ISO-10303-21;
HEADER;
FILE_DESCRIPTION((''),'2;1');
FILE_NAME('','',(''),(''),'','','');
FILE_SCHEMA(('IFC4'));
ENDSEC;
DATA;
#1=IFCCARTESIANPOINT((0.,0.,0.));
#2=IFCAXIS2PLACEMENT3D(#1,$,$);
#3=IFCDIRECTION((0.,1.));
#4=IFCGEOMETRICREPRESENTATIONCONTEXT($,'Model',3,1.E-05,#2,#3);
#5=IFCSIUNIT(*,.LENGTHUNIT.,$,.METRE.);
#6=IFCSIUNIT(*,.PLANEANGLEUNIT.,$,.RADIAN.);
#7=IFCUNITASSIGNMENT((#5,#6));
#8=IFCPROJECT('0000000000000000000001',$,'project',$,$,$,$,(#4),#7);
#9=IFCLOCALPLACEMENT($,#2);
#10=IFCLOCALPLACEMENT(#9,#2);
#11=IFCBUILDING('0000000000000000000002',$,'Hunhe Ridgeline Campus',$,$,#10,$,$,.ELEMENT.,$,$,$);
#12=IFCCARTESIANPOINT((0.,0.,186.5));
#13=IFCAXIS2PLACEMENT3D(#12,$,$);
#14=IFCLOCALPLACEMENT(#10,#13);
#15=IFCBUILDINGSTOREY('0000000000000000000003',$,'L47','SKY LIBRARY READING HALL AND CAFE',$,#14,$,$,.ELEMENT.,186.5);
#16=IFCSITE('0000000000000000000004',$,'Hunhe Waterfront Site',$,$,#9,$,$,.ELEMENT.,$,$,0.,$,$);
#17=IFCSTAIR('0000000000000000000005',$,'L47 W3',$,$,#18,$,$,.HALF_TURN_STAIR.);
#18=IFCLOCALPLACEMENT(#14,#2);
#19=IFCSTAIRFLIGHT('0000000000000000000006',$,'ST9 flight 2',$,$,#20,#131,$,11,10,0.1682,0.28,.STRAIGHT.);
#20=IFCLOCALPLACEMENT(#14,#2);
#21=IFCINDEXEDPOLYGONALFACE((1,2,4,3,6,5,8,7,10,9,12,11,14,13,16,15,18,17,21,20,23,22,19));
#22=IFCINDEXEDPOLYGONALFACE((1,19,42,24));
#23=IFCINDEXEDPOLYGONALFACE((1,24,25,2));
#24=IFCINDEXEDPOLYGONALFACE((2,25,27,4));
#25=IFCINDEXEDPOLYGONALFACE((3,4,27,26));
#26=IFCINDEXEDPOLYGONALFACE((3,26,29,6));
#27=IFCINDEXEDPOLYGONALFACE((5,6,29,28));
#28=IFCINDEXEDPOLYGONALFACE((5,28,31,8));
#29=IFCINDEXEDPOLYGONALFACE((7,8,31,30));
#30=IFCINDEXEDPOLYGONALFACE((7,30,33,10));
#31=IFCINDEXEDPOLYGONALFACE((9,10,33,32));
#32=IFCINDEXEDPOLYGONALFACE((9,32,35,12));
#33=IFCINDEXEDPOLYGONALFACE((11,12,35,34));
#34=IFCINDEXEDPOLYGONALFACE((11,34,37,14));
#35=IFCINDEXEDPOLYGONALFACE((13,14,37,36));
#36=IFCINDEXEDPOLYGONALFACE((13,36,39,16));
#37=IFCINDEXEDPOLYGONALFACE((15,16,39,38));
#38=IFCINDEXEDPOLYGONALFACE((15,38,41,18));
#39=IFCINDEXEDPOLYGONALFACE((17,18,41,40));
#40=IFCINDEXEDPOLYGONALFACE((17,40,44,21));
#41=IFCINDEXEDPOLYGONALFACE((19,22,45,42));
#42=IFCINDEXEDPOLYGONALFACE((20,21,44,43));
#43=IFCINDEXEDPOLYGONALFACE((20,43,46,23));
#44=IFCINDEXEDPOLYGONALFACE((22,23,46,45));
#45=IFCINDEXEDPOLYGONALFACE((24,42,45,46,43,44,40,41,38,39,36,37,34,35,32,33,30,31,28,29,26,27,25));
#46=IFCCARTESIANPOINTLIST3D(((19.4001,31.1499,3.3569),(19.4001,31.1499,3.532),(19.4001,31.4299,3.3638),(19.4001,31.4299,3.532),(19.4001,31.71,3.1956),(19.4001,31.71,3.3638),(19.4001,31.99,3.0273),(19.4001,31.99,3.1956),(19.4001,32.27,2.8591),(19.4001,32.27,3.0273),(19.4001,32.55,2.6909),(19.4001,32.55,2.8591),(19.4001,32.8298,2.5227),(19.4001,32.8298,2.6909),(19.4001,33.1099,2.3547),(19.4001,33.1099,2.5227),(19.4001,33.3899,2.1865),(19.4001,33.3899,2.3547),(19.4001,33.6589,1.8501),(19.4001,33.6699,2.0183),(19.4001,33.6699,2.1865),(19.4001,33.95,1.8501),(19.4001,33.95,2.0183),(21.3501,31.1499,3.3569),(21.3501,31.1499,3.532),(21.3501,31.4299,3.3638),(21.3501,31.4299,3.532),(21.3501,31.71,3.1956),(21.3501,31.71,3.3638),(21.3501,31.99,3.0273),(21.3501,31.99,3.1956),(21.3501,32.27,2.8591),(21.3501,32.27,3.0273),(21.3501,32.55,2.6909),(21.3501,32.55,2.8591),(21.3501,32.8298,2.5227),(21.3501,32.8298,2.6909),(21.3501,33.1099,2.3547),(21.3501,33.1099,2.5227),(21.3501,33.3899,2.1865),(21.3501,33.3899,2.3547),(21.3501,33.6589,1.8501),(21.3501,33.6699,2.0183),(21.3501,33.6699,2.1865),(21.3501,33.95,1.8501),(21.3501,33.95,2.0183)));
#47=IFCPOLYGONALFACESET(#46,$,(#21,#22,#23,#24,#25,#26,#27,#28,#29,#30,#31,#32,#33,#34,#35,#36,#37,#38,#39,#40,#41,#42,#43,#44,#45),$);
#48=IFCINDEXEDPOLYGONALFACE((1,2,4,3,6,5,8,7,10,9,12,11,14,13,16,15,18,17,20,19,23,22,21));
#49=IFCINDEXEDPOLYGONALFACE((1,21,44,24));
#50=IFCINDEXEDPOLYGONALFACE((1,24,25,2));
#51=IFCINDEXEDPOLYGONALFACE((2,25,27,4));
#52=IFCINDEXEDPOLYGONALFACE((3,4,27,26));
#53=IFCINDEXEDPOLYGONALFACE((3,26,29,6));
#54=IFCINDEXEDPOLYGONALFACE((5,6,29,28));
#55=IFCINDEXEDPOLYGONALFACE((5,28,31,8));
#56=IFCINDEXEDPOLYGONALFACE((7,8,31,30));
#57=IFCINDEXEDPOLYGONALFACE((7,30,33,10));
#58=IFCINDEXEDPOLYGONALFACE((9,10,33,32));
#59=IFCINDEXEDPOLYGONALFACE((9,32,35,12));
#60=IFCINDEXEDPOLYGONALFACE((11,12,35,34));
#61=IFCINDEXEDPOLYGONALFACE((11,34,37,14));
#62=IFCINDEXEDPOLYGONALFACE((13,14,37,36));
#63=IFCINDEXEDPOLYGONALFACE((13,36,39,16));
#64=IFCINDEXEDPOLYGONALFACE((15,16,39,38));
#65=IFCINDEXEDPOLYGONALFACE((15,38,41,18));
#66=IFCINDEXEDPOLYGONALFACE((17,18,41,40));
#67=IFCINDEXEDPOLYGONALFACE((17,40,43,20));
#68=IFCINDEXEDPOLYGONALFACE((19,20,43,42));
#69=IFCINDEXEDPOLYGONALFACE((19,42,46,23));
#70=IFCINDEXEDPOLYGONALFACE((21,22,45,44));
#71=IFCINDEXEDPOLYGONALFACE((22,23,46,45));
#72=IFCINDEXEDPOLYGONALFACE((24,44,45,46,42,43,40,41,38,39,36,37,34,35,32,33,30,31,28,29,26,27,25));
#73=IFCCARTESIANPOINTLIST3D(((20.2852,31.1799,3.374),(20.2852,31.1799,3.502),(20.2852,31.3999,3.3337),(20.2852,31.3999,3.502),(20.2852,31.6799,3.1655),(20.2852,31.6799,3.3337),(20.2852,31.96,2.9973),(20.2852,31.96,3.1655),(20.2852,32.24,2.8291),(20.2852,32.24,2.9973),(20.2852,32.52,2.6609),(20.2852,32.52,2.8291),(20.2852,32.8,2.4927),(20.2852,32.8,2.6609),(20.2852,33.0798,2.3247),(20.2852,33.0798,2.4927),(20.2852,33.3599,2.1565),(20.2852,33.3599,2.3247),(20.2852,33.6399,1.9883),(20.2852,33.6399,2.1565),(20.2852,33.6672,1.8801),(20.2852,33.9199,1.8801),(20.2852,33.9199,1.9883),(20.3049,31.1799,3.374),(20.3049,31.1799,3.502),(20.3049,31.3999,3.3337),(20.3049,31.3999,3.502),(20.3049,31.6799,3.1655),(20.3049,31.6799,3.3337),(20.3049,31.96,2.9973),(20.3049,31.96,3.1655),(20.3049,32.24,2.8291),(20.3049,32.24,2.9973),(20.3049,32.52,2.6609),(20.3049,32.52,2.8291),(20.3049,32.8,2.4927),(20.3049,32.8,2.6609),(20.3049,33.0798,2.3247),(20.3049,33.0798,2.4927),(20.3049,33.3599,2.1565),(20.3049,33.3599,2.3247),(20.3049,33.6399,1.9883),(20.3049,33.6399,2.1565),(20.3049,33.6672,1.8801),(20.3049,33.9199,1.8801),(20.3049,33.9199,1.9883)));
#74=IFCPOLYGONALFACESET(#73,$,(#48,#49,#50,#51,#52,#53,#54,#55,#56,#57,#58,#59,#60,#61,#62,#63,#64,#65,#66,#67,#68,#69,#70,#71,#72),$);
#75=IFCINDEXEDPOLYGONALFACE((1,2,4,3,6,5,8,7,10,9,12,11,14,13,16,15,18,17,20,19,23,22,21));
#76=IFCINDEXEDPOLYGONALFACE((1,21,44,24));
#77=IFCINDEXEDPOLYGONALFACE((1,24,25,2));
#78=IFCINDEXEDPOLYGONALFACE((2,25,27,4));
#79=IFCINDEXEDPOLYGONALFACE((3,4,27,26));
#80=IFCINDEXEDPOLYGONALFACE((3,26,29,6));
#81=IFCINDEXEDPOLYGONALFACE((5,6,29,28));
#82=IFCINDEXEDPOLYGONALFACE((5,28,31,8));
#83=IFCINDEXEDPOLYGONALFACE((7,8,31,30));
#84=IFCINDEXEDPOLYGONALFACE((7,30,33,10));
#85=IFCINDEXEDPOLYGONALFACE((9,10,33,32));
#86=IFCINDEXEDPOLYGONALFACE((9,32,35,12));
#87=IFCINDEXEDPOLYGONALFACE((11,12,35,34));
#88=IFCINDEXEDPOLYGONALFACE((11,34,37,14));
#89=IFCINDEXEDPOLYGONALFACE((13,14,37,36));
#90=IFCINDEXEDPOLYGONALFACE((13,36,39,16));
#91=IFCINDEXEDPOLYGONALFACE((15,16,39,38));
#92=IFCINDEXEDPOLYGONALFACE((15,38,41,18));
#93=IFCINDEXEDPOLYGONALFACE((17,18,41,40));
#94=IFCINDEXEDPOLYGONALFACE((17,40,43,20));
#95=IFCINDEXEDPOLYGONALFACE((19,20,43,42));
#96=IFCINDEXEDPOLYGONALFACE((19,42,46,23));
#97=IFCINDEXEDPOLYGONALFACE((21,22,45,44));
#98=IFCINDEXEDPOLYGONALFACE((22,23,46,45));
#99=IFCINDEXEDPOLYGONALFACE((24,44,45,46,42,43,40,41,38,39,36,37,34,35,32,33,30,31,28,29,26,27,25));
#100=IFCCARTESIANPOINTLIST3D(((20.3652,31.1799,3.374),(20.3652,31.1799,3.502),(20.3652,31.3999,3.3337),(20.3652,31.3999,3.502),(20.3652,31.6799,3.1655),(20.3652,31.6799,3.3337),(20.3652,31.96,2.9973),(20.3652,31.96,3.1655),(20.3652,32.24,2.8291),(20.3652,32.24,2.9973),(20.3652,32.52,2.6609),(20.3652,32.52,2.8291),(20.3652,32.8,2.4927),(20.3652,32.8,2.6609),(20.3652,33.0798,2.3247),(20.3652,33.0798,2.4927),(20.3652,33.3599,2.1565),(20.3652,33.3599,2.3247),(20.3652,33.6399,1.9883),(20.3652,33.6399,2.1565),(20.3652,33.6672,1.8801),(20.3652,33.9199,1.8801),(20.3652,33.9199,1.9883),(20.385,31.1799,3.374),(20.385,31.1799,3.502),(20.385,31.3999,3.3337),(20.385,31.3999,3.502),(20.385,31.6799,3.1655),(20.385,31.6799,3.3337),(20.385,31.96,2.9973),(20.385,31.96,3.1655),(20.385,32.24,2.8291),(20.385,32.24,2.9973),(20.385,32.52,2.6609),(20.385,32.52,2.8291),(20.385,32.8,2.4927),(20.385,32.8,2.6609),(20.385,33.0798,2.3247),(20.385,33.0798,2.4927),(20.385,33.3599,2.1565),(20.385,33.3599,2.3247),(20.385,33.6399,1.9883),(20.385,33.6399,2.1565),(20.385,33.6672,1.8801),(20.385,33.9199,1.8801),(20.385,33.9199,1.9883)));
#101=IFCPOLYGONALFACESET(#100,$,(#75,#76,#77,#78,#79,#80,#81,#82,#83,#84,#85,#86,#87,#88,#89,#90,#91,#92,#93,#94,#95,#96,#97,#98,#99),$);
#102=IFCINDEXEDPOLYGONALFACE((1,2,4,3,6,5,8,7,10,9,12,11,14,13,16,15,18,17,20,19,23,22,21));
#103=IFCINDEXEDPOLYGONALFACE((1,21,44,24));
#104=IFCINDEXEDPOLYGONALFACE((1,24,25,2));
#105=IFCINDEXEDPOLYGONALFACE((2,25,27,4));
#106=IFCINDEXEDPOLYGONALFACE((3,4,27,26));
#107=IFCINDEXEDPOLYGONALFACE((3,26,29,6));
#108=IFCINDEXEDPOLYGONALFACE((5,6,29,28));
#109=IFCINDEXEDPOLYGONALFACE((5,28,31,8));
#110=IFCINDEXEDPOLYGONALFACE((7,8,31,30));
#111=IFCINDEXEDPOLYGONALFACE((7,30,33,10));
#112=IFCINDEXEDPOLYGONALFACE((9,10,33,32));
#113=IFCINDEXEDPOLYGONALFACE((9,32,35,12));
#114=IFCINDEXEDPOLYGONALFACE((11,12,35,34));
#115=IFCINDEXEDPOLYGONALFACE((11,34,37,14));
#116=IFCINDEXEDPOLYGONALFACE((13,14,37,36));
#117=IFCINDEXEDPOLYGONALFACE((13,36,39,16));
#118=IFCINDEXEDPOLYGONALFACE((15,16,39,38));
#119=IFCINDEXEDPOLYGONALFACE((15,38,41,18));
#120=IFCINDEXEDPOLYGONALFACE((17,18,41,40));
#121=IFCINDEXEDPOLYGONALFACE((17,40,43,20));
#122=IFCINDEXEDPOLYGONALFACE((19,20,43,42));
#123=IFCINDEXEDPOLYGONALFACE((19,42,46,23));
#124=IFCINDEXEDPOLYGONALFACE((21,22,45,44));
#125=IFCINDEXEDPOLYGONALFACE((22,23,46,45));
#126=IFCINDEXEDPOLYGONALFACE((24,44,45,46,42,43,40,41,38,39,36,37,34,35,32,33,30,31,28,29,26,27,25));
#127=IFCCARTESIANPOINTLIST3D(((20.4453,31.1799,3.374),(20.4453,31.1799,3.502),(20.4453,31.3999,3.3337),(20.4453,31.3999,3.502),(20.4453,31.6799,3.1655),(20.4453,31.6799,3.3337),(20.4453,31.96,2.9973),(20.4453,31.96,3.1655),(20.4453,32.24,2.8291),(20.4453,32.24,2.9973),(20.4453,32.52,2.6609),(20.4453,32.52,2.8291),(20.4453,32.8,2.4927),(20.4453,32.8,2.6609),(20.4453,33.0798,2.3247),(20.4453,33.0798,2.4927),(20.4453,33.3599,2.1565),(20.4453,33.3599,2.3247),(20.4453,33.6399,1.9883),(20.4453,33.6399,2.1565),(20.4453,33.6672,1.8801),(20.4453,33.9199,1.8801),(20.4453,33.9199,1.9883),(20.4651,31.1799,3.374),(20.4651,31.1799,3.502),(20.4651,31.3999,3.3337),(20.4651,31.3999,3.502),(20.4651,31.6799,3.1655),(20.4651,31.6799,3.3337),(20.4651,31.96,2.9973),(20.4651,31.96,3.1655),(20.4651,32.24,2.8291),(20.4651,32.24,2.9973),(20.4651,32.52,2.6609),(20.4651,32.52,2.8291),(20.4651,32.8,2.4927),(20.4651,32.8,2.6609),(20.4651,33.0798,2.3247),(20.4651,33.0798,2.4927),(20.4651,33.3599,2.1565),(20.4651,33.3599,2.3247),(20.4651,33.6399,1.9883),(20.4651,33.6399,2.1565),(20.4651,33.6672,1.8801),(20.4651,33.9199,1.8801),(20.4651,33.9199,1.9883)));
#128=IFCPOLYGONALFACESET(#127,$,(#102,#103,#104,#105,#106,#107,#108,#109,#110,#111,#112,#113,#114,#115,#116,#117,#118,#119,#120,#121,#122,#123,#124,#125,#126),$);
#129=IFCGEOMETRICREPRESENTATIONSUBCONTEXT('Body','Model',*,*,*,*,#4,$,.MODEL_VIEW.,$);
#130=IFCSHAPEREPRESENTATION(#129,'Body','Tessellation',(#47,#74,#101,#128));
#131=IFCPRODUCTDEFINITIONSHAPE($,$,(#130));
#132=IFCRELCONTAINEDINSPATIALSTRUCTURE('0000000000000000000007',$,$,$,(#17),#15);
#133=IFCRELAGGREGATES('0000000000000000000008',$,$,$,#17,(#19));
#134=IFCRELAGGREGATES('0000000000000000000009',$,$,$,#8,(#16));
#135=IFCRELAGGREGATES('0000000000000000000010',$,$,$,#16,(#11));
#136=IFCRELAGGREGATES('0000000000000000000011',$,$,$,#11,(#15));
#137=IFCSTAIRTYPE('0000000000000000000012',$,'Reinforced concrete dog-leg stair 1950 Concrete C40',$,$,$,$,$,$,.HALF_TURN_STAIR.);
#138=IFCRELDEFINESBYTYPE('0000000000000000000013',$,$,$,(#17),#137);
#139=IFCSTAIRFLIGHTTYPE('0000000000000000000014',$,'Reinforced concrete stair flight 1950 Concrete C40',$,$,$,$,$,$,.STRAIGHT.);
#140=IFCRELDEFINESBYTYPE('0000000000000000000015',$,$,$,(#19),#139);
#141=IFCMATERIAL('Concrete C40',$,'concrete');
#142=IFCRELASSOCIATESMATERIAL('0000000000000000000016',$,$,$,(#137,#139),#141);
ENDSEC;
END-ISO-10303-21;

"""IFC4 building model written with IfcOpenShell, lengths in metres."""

from ifc_helpers import new_model, si_unit, direction, frame, origin, place, context, subcontext, project, spatial, polyline, outline, extrude, material, type_object, element, aggregate, save


model = new_model("IFC4")

# Units and contexts
model_context = context("Model", 3, precision=1e-05, world=origin(), true_north=direction((0.0, 1.0)))
body_context = subcontext(model_context, "Body", "Model", "MODEL_VIEW")
ifc_project = project(units=[si_unit("LENGTHUNIT", "METRE"), si_unit("PLANEANGLEUNIT", "RADIAN")], contexts=[model_context])

# Site, building, storey
site_placement = place(None, origin())
site = spatial("IfcSite", under=ifc_project, at=site_placement, Name="Hunhe Waterfront Site", CompositionType="ELEMENT", RefElevation=0.0)
building_placement = place(site_placement, origin())
building = spatial("IfcBuilding", under=site, at=building_placement, Name="Hunhe Ridgeline Campus", CompositionType="ELEMENT")
storey_placement = place(building_placement, frame((0.0, 0.0, 186.5)))
storey = spatial("IfcBuildingStorey", under=building, at=storey_placement, Name="L47", Description="SKY LIBRARY READING HALL AND CAFE", CompositionType="ELEMENT", Elevation=186.5)

# Stair, stair flight
ifc_material_1 = material(Name="Concrete C40", Category="concrete")
stair_type = type_object("IfcStairType", Name="Reinforced concrete dog-leg stair 1950 Concrete C40", PredefinedType="HALF_TURN_STAIR", material=ifc_material_1)
stair_placement = place(storey_placement, origin())
stair = element("IfcStair", 1, at=stair_placement, inside=storey, type_object=stair_type, Name="L47 W3", PredefinedType="HALF_TURN_STAIR")
stair_flight_type = type_object("IfcStairFlightType", Name="Reinforced concrete stair flight 1950 Concrete C40", PredefinedType="STRAIGHT", material=ifc_material_1)
stair_flight_1_placement = place(storey_placement, frame((20.375, 33.95, 1.8501), z_axis=(0.0, 0.0, 1.0), x_axis=(0.0, -1.0, 0.0)))
stair_flight_1 = element("IfcStairFlight", 2, at=stair_flight_1_placement, type_object=stair_flight_type, Name="ST9 flight 2", NumberOfRisers=11, NumberOfTreads=10, PredefinedType="STRAIGHT", RiserHeight=0.1682, TreadLength=0.28, context=body_context, shape_type="SweptSolid", body=[
    extrude(outline(polyline([(0.0, 0.0), (0.0, 0.1682), (0.28, 0.1682), (0.28, 0.3364), (0.5601, 0.3364), (0.5601, 0.5046), (0.8401, 0.5046), (0.8401, 0.6726), (1.1201, 0.6726), (1.1201, 0.8408), (1.3999, 0.8408), (1.3999, 1.009), (1.6799, 1.009), (1.6799, 1.1772), (1.96, 1.1772), (1.96, 1.3455), (2.24, 1.3455), (2.24, 1.5137), (2.52, 1.5137), (2.52, 1.6819), (2.8, 1.6819), (2.8, 1.8501), (2.8, 1.5068), (0.291, 0.0), (0.0, 0.0)])), frame((0.0, 0.9751, 0.0), z_axis=(0.0, -1.0, 0.0), x_axis=(1.0, 0.0, 0.0)), (0.0, 0.0, 1.0), 1.95),
    extrude(outline(polyline([(0.03, 0.03), (0.03, 0.1382), (0.3101, 0.1382), (0.3101, 0.3064), (0.5901, 0.3064), (0.5901, 0.4746), (0.8701, 0.4746), (0.8701, 0.6426), (1.1499, 0.6426), (1.1499, 0.8108), (1.4299, 0.8108), (1.4299, 0.979), (1.71, 0.979), (1.71, 1.1472), (1.99, 1.1472), (1.99, 1.3154), (2.27, 1.3154), (2.27, 1.4836), (2.55, 1.4836), (2.55, 1.6519), (2.77, 1.6519), (2.77, 1.5239), (0.2827, 0.03), (0.03, 0.03)])), frame((0.0, -0.0701, 0.0), z_axis=(0.0, -1.0, 0.0), x_axis=(1.0, 0.0, 0.0)), (0.0, 0.0, 1.0), 0.0198),
    extrude(outline(polyline([(0.03, 0.03), (0.03, 0.1382), (0.3101, 0.1382), (0.3101, 0.3064), (0.5901, 0.3064), (0.5901, 0.4746), (0.8701, 0.4746), (0.8701, 0.6426), (1.1499, 0.6426), (1.1499, 0.8108), (1.4299, 0.8108), (1.4299, 0.979), (1.71, 0.979), (1.71, 1.1472), (1.99, 1.1472), (1.99, 1.3154), (2.27, 1.3154), (2.27, 1.4836), (2.55, 1.4836), (2.55, 1.6519), (2.77, 1.6519), (2.77, 1.5239), (0.2827, 0.03), (0.03, 0.03)])), frame((0.0, 0.01, 0.0), z_axis=(0.0, -1.0, 0.0), x_axis=(1.0, 0.0, 0.0)), (0.0, 0.0, 1.0), 0.0198),
    extrude(outline(polyline([(0.03, 0.03), (0.03, 0.1382), (0.3101, 0.1382), (0.3101, 0.3064), (0.5901, 0.3064), (0.5901, 0.4746), (0.8701, 0.4746), (0.8701, 0.6426), (1.1499, 0.6426), (1.1499, 0.8108), (1.4299, 0.8108), (1.4299, 0.979), (1.71, 0.979), (1.71, 1.1472), (1.99, 1.1472), (1.99, 1.3154), (2.27, 1.3154), (2.27, 1.4836), (2.55, 1.4836), (2.55, 1.6519), (2.77, 1.6519), (2.77, 1.5239), (0.2827, 0.03), (0.03, 0.03)])), frame((0.0, 0.0901, 0.0), z_axis=(0.0, -1.0, 0.0), x_axis=(1.0, 0.0, 0.0)), (0.0, 0.0, 1.0), 0.0198),
])
aggregate(stair, [stair_flight_1])

save(model, "model.ifc")
